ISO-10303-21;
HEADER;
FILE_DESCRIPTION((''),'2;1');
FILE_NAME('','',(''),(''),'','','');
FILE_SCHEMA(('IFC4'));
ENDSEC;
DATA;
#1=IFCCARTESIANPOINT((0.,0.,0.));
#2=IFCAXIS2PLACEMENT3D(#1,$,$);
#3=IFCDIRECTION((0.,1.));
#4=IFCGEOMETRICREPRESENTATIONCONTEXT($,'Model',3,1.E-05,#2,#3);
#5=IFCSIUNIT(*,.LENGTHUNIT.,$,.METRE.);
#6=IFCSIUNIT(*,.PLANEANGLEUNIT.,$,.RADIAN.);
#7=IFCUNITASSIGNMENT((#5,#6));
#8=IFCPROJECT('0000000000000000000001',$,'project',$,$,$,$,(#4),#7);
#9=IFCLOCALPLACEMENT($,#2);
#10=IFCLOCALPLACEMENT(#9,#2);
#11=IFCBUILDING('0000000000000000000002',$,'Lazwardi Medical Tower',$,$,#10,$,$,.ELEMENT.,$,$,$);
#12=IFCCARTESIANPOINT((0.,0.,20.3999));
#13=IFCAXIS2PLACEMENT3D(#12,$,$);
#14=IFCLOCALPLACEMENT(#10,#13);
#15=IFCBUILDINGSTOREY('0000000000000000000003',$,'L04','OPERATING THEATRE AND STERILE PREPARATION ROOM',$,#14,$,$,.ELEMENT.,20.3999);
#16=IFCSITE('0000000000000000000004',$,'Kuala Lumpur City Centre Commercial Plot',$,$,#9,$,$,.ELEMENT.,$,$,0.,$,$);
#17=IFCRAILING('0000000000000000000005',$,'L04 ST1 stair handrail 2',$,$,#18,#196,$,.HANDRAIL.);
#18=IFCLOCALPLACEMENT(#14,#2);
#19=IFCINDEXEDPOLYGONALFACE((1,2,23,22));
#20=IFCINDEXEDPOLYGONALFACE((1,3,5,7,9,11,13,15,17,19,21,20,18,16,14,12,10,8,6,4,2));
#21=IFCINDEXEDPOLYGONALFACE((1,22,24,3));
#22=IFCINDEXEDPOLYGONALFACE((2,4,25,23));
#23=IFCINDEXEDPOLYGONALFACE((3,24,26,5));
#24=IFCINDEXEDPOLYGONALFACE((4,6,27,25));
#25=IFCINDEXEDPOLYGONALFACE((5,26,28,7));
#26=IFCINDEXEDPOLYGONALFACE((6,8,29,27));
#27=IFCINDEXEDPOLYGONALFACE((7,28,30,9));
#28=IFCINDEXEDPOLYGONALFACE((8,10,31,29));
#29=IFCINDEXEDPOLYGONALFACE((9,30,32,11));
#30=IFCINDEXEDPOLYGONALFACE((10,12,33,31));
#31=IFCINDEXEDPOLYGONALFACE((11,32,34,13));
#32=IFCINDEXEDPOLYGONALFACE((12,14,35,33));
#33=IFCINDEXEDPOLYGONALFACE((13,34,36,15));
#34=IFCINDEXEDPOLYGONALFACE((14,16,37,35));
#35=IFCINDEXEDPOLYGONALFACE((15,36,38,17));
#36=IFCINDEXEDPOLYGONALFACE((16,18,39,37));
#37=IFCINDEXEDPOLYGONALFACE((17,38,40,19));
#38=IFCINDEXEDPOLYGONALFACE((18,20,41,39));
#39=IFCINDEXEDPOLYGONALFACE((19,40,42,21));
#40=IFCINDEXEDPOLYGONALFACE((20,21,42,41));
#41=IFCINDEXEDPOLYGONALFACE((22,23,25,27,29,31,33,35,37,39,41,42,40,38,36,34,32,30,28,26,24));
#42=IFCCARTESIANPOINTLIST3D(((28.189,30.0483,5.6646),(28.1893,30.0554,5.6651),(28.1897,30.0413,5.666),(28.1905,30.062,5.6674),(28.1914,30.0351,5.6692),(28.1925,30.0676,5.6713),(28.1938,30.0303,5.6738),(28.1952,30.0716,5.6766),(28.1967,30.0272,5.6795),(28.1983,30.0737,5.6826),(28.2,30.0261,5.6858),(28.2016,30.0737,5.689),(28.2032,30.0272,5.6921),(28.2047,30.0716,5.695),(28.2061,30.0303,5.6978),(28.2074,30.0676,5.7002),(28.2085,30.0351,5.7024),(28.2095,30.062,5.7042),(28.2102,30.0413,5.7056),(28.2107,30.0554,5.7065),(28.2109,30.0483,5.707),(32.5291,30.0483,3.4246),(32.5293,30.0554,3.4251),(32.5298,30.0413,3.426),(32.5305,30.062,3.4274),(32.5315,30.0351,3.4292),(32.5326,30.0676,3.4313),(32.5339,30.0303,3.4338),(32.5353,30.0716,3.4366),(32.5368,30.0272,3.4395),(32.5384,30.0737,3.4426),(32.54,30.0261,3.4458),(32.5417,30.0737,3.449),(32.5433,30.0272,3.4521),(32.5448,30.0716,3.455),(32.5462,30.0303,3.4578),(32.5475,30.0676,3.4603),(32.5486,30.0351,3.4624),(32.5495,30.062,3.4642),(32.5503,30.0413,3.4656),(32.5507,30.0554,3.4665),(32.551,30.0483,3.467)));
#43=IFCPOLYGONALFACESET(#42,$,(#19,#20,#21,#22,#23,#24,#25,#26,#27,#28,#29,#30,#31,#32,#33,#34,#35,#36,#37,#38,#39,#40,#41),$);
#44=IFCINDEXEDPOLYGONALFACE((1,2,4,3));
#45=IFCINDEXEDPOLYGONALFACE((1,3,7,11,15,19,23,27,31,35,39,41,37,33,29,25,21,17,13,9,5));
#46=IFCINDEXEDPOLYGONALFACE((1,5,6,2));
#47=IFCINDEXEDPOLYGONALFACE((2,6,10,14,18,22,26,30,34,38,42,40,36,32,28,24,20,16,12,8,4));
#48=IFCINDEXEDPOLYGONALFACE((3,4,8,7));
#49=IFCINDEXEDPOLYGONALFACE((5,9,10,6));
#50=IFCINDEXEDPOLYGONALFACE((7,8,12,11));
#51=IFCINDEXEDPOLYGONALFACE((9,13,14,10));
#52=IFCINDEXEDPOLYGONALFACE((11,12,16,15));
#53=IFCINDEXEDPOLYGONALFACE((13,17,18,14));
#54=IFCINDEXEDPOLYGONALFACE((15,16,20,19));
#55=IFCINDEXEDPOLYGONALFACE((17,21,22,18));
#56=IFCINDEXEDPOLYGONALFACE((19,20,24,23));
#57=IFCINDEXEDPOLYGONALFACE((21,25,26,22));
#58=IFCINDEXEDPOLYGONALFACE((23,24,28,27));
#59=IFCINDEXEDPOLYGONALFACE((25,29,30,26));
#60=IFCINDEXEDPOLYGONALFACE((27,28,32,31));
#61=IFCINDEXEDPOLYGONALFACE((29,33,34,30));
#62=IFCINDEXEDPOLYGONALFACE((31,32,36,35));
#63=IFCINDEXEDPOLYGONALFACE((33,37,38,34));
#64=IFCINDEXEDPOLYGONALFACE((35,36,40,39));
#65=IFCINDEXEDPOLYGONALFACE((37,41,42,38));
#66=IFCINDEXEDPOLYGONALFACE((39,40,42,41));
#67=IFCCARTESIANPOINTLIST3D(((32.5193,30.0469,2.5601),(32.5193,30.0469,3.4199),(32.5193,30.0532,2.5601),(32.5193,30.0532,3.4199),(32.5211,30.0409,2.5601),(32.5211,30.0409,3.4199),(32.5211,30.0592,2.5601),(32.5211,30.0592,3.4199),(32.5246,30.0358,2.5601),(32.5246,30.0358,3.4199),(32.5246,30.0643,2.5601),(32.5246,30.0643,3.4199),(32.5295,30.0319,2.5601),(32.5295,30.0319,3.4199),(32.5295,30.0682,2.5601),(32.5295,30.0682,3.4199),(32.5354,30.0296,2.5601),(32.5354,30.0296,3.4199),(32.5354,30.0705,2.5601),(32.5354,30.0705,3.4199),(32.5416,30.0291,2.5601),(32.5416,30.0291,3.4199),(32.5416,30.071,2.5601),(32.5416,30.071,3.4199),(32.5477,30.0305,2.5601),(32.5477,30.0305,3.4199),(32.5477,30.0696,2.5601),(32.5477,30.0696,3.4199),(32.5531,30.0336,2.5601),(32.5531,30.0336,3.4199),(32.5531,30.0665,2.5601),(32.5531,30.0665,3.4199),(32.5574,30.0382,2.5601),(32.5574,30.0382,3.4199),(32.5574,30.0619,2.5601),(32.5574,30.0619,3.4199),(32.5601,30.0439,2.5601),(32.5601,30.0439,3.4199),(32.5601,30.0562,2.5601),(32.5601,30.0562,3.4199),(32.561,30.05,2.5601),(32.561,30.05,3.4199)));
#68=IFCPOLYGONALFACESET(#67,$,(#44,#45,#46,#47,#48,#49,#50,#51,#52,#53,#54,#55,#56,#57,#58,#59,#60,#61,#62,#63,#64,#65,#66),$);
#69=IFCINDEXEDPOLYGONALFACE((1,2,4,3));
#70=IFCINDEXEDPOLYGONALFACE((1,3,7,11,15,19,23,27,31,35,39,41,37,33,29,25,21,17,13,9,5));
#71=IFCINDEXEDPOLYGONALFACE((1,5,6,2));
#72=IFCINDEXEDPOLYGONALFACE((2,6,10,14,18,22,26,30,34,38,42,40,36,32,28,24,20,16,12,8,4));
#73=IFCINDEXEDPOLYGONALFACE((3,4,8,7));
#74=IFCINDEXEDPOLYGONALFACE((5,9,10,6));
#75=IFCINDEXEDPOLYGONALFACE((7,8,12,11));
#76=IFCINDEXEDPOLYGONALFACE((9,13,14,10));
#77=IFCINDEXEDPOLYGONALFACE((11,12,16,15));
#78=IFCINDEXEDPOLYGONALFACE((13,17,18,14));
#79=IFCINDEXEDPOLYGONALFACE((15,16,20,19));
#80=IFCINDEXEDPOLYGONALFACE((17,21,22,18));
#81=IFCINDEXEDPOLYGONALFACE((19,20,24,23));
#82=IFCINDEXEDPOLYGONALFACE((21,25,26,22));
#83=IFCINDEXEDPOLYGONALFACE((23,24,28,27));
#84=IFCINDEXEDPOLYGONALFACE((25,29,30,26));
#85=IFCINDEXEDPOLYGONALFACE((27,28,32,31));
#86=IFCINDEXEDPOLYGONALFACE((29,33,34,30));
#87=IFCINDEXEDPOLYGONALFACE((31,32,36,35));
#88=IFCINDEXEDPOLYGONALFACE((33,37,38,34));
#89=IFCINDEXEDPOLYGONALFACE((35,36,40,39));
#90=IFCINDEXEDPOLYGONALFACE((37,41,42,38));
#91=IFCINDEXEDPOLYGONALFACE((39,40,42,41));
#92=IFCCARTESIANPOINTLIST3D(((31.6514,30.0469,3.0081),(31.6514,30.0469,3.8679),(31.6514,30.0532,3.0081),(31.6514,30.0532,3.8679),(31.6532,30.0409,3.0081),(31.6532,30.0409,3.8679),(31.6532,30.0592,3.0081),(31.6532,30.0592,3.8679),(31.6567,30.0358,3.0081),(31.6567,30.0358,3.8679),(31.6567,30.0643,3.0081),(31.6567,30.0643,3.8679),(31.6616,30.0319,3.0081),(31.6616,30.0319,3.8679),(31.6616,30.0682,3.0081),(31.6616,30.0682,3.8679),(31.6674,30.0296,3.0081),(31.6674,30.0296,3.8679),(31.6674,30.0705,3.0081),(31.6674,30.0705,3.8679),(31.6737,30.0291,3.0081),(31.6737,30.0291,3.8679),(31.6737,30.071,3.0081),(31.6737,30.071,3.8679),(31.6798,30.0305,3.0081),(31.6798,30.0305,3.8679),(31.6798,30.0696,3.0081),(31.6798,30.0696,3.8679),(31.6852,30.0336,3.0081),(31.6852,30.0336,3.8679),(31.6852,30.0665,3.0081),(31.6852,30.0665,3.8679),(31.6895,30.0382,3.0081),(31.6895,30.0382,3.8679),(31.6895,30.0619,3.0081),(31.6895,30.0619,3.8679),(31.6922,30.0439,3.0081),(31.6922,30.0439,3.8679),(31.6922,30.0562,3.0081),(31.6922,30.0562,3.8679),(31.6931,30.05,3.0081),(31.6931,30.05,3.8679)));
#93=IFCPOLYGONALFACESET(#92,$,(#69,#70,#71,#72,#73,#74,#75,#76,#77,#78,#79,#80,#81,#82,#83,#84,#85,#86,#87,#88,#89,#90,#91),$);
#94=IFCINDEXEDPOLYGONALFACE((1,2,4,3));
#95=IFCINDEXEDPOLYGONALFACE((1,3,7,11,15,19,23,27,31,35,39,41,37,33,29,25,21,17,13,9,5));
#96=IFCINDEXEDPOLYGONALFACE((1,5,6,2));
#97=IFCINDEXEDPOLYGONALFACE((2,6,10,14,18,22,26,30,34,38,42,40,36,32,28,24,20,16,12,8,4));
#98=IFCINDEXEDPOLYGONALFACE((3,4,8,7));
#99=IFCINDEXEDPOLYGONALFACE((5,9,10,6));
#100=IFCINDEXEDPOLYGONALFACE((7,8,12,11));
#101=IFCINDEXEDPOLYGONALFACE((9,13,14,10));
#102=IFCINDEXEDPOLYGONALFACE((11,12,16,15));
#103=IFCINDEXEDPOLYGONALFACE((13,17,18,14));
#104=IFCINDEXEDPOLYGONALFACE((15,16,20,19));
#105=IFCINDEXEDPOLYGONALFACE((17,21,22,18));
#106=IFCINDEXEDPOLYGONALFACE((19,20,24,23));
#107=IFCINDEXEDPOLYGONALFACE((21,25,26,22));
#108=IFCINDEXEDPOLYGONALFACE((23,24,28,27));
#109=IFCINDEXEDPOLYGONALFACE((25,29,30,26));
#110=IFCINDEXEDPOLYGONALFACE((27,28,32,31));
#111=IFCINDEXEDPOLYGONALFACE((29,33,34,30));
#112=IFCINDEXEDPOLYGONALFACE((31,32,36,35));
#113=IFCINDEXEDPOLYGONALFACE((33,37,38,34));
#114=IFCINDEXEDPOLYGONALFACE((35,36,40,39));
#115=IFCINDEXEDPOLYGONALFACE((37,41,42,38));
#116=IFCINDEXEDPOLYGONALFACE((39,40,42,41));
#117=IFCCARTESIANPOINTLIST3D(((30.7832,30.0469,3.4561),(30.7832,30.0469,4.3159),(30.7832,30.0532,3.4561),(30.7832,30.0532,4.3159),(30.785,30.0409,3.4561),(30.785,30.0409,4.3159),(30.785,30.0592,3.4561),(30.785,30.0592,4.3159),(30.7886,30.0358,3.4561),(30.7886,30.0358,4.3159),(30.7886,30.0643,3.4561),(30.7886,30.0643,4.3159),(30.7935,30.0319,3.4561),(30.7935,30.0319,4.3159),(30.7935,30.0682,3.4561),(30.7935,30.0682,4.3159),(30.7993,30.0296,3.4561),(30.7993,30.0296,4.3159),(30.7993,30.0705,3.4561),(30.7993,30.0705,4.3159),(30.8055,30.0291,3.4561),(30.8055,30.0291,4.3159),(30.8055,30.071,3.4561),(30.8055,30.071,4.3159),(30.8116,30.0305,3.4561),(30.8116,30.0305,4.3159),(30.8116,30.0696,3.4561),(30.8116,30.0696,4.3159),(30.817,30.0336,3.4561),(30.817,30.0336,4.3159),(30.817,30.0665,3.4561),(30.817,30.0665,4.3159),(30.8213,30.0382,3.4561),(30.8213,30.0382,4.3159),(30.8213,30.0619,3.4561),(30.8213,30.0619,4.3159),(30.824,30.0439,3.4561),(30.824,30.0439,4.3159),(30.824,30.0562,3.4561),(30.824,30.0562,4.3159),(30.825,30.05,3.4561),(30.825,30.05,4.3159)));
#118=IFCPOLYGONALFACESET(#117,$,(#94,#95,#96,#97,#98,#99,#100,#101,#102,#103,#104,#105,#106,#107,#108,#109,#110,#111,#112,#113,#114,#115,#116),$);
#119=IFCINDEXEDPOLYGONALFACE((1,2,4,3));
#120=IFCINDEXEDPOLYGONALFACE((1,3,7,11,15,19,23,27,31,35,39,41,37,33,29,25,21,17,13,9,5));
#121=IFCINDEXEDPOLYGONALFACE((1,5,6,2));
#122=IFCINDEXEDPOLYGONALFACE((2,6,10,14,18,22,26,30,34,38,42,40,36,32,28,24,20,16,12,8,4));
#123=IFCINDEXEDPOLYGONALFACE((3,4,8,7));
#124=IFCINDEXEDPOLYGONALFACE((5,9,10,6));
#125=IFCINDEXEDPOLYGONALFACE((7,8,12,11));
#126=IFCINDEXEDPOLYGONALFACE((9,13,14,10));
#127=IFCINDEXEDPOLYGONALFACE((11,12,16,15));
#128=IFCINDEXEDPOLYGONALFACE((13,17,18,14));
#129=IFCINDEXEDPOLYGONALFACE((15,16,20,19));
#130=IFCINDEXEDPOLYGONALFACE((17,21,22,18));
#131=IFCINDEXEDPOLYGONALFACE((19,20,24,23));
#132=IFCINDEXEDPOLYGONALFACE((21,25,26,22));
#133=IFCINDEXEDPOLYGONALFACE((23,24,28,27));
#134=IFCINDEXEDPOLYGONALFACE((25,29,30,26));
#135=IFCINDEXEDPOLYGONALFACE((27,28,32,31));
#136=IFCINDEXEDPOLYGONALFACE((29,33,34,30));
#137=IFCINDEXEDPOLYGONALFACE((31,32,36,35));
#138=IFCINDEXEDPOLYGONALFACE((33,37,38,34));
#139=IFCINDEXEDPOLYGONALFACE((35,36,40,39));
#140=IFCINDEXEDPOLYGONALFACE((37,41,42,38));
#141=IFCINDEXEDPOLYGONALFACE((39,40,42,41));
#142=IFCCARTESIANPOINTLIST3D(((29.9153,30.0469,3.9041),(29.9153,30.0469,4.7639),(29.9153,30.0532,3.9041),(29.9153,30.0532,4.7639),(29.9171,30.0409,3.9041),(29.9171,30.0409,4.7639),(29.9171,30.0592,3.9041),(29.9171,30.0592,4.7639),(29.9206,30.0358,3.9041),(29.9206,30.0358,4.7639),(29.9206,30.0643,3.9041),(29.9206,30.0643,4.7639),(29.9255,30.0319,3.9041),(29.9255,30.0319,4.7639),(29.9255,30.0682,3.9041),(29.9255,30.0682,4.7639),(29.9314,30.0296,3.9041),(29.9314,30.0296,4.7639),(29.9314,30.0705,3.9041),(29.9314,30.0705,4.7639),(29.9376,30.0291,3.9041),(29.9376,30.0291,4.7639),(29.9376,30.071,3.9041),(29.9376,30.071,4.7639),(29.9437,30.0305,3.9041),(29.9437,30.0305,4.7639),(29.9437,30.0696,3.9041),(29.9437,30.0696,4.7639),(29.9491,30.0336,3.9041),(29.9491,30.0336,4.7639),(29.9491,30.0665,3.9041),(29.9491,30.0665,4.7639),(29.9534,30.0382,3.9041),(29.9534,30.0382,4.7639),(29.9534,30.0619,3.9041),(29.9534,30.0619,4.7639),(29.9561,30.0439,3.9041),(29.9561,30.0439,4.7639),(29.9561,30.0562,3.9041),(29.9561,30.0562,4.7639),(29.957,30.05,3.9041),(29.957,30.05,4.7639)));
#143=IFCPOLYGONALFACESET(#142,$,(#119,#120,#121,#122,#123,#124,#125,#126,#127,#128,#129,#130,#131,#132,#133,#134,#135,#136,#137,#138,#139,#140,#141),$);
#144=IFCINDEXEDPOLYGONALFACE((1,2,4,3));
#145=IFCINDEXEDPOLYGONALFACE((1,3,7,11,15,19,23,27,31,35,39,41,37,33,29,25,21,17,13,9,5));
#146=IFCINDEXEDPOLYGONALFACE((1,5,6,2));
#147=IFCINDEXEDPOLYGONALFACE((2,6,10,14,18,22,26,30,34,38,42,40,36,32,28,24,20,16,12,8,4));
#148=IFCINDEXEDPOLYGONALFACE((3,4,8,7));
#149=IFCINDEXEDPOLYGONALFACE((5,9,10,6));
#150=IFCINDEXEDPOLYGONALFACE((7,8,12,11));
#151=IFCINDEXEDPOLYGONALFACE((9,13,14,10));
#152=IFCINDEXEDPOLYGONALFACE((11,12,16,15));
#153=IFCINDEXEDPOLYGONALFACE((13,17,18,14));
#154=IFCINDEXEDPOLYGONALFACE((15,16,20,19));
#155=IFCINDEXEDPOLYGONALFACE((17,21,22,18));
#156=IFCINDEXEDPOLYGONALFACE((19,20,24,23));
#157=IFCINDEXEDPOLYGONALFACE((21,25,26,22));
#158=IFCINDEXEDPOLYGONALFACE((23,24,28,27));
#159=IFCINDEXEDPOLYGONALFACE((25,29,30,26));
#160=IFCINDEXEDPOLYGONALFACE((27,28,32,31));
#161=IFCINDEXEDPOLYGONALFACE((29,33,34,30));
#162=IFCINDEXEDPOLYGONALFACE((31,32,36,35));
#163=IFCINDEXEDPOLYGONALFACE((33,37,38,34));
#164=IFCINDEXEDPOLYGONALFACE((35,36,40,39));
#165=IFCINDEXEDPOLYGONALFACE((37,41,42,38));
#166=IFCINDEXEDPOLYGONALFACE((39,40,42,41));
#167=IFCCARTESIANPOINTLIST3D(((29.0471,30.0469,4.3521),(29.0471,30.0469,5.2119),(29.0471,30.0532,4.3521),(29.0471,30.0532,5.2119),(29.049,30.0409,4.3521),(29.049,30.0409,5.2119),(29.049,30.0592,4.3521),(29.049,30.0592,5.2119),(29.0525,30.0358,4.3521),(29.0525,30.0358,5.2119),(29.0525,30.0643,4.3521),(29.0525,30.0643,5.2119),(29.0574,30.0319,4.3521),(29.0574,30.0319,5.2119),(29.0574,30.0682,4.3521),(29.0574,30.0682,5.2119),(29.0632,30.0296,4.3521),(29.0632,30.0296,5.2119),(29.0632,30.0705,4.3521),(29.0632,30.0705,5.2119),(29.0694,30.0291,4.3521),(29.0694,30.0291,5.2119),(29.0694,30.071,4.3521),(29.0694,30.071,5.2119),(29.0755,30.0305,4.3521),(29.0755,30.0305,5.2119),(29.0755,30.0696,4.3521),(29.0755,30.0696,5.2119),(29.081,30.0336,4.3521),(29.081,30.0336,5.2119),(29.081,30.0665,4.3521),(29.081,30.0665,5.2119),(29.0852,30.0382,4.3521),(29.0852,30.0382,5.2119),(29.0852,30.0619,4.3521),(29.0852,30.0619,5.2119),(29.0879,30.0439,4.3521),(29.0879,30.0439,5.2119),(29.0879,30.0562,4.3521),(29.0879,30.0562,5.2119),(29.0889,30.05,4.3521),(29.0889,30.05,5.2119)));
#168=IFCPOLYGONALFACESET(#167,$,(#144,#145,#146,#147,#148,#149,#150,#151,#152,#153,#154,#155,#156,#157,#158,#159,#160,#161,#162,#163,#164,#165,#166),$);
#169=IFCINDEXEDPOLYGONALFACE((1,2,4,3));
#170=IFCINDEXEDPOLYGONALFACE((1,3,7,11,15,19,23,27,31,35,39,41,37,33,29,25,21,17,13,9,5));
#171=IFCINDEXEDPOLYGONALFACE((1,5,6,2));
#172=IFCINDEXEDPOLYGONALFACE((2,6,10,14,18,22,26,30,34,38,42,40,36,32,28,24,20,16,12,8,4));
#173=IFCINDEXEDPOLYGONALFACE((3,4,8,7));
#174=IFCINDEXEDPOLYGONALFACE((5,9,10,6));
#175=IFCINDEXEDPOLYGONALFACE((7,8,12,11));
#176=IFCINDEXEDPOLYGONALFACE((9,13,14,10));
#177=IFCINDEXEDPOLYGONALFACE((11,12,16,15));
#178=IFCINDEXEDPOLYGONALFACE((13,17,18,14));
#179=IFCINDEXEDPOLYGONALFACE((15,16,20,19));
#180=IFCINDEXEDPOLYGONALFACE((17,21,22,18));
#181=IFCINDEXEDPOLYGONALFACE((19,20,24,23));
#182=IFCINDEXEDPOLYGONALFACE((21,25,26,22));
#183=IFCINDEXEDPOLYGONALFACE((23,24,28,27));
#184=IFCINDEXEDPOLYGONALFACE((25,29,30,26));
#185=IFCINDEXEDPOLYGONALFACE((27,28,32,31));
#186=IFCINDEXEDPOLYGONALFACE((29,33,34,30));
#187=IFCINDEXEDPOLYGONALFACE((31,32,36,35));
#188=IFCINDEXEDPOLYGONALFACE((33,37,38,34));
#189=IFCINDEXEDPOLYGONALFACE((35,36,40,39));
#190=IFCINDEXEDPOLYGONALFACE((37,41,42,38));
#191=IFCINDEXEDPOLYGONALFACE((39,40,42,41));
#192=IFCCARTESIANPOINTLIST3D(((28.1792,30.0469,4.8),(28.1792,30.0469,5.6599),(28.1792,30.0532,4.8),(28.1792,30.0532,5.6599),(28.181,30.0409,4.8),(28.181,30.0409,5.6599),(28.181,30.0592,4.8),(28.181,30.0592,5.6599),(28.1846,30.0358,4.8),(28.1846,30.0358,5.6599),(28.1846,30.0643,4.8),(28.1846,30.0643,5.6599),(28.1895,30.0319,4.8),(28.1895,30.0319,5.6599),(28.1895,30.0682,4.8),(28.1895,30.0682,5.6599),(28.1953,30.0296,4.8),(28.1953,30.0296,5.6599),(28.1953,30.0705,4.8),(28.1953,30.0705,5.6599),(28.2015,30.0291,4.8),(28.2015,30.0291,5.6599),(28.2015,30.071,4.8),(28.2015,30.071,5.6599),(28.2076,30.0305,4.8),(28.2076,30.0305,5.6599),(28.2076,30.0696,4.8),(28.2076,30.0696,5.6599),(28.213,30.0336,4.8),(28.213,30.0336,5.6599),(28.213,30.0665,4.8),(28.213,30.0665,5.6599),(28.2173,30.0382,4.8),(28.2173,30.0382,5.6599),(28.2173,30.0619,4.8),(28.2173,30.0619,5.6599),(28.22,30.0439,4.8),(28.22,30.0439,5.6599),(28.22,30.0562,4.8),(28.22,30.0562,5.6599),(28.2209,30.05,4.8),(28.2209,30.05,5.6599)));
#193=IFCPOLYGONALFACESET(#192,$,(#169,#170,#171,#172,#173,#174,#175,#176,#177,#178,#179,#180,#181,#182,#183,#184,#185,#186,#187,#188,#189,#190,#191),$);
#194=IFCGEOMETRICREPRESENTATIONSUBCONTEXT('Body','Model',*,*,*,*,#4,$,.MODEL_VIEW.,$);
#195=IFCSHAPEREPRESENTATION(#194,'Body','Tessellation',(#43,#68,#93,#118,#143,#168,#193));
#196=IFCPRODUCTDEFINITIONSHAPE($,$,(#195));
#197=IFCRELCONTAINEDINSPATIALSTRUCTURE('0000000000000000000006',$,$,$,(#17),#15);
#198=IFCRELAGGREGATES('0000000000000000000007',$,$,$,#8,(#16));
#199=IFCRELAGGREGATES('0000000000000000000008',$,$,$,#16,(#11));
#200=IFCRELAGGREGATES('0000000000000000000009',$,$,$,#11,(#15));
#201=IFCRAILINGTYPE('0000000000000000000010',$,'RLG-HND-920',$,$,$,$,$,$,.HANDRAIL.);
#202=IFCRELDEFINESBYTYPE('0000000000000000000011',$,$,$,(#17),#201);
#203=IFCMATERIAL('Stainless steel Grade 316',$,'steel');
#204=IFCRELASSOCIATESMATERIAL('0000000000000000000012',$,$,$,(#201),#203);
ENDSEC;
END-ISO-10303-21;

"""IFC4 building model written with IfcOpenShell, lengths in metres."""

from ifc_helpers import new_model, si_unit, direction, frame, origin, origin_2d, place, context, subcontext, project, spatial, circle, extrude, material, type_object, element, save


model = new_model("IFC4")

# Units and contexts
model_context = context("Model", 3, precision=1e-05, world=origin(), true_north=direction((0.0, 1.0)))
body_context = subcontext(model_context, "Body", "Model", "MODEL_VIEW")
ifc_project = project(units=[si_unit("LENGTHUNIT", "METRE"), si_unit("PLANEANGLEUNIT", "RADIAN")], contexts=[model_context])

# Site, building, storey
site_placement = place(None, origin())
site = spatial("IfcSite", under=ifc_project, at=site_placement, Name="Kuala Lumpur City Centre Commercial Plot", CompositionType="ELEMENT", RefElevation=0.0)
building_placement = place(site_placement, origin())
building = spatial("IfcBuilding", under=site, at=building_placement, Name="Lazwardi Medical Tower", CompositionType="ELEMENT")
storey_placement = place(building_placement, frame((0.0, 0.0, 20.3999)))
storey = spatial("IfcBuildingStorey", under=building, at=storey_placement, Name="L04", Description="OPERATING THEATRE AND STERILE PREPARATION ROOM", CompositionType="ELEMENT", Elevation=20.3999)

# Railing
ifc_material_1 = material(Name="Stainless steel Grade 316", Category="steel")
railing_type_1 = type_object("IfcRailingType", Name="RLG-HND-920", PredefinedType="HANDRAIL", material=ifc_material_1)
railing_1_placement = place(storey_placement, frame((32.54, 30.05, 2.5601)))
element("IfcRailing", 1, at=railing_1_placement, inside=storey, type_object=railing_type_1, Name="L04 ST1 stair handrail 2", PredefinedType="HANDRAIL", context=body_context, shape_type="SweptSolid", body=[
    extrude(circle(Radius=0.0239, at=origin_2d()), frame((0.0, 0.0, 0.8857), z_axis=(-0.888625, 0.0, 0.458634), x_axis=(0.0, -1.0, 0.0)), (0.0, 0.0, 1.0), 4.884),
    extrude(circle(Radius=0.021, at=origin_2d()), origin(), (0.0, 0.0, 1.0), 0.8599),
    extrude(circle(Radius=0.021, at=origin_2d()), frame((-0.8679, 0.0, 0.448)), (0.0, 0.0, 1.0), 0.8599),
    extrude(circle(Radius=0.021, at=origin_2d()), frame((-1.7361, 0.0, 0.896)), (0.0, 0.0, 1.0), 0.8599),
    extrude(circle(Radius=0.021, at=origin_2d()), frame((-2.604, 0.0, 1.344)), (0.0, 0.0, 1.0), 0.8599),
    extrude(circle(Radius=0.021, at=origin_2d()), frame((-3.4722, 0.0, 1.792)), (0.0, 0.0, 1.0), 0.8599),
    extrude(circle(Radius=0.021, at=origin_2d()), frame((-4.3401, 0.0, 2.24)), (0.0, 0.0, 1.0), 0.8599),
])

save(model, "model.ifc")
